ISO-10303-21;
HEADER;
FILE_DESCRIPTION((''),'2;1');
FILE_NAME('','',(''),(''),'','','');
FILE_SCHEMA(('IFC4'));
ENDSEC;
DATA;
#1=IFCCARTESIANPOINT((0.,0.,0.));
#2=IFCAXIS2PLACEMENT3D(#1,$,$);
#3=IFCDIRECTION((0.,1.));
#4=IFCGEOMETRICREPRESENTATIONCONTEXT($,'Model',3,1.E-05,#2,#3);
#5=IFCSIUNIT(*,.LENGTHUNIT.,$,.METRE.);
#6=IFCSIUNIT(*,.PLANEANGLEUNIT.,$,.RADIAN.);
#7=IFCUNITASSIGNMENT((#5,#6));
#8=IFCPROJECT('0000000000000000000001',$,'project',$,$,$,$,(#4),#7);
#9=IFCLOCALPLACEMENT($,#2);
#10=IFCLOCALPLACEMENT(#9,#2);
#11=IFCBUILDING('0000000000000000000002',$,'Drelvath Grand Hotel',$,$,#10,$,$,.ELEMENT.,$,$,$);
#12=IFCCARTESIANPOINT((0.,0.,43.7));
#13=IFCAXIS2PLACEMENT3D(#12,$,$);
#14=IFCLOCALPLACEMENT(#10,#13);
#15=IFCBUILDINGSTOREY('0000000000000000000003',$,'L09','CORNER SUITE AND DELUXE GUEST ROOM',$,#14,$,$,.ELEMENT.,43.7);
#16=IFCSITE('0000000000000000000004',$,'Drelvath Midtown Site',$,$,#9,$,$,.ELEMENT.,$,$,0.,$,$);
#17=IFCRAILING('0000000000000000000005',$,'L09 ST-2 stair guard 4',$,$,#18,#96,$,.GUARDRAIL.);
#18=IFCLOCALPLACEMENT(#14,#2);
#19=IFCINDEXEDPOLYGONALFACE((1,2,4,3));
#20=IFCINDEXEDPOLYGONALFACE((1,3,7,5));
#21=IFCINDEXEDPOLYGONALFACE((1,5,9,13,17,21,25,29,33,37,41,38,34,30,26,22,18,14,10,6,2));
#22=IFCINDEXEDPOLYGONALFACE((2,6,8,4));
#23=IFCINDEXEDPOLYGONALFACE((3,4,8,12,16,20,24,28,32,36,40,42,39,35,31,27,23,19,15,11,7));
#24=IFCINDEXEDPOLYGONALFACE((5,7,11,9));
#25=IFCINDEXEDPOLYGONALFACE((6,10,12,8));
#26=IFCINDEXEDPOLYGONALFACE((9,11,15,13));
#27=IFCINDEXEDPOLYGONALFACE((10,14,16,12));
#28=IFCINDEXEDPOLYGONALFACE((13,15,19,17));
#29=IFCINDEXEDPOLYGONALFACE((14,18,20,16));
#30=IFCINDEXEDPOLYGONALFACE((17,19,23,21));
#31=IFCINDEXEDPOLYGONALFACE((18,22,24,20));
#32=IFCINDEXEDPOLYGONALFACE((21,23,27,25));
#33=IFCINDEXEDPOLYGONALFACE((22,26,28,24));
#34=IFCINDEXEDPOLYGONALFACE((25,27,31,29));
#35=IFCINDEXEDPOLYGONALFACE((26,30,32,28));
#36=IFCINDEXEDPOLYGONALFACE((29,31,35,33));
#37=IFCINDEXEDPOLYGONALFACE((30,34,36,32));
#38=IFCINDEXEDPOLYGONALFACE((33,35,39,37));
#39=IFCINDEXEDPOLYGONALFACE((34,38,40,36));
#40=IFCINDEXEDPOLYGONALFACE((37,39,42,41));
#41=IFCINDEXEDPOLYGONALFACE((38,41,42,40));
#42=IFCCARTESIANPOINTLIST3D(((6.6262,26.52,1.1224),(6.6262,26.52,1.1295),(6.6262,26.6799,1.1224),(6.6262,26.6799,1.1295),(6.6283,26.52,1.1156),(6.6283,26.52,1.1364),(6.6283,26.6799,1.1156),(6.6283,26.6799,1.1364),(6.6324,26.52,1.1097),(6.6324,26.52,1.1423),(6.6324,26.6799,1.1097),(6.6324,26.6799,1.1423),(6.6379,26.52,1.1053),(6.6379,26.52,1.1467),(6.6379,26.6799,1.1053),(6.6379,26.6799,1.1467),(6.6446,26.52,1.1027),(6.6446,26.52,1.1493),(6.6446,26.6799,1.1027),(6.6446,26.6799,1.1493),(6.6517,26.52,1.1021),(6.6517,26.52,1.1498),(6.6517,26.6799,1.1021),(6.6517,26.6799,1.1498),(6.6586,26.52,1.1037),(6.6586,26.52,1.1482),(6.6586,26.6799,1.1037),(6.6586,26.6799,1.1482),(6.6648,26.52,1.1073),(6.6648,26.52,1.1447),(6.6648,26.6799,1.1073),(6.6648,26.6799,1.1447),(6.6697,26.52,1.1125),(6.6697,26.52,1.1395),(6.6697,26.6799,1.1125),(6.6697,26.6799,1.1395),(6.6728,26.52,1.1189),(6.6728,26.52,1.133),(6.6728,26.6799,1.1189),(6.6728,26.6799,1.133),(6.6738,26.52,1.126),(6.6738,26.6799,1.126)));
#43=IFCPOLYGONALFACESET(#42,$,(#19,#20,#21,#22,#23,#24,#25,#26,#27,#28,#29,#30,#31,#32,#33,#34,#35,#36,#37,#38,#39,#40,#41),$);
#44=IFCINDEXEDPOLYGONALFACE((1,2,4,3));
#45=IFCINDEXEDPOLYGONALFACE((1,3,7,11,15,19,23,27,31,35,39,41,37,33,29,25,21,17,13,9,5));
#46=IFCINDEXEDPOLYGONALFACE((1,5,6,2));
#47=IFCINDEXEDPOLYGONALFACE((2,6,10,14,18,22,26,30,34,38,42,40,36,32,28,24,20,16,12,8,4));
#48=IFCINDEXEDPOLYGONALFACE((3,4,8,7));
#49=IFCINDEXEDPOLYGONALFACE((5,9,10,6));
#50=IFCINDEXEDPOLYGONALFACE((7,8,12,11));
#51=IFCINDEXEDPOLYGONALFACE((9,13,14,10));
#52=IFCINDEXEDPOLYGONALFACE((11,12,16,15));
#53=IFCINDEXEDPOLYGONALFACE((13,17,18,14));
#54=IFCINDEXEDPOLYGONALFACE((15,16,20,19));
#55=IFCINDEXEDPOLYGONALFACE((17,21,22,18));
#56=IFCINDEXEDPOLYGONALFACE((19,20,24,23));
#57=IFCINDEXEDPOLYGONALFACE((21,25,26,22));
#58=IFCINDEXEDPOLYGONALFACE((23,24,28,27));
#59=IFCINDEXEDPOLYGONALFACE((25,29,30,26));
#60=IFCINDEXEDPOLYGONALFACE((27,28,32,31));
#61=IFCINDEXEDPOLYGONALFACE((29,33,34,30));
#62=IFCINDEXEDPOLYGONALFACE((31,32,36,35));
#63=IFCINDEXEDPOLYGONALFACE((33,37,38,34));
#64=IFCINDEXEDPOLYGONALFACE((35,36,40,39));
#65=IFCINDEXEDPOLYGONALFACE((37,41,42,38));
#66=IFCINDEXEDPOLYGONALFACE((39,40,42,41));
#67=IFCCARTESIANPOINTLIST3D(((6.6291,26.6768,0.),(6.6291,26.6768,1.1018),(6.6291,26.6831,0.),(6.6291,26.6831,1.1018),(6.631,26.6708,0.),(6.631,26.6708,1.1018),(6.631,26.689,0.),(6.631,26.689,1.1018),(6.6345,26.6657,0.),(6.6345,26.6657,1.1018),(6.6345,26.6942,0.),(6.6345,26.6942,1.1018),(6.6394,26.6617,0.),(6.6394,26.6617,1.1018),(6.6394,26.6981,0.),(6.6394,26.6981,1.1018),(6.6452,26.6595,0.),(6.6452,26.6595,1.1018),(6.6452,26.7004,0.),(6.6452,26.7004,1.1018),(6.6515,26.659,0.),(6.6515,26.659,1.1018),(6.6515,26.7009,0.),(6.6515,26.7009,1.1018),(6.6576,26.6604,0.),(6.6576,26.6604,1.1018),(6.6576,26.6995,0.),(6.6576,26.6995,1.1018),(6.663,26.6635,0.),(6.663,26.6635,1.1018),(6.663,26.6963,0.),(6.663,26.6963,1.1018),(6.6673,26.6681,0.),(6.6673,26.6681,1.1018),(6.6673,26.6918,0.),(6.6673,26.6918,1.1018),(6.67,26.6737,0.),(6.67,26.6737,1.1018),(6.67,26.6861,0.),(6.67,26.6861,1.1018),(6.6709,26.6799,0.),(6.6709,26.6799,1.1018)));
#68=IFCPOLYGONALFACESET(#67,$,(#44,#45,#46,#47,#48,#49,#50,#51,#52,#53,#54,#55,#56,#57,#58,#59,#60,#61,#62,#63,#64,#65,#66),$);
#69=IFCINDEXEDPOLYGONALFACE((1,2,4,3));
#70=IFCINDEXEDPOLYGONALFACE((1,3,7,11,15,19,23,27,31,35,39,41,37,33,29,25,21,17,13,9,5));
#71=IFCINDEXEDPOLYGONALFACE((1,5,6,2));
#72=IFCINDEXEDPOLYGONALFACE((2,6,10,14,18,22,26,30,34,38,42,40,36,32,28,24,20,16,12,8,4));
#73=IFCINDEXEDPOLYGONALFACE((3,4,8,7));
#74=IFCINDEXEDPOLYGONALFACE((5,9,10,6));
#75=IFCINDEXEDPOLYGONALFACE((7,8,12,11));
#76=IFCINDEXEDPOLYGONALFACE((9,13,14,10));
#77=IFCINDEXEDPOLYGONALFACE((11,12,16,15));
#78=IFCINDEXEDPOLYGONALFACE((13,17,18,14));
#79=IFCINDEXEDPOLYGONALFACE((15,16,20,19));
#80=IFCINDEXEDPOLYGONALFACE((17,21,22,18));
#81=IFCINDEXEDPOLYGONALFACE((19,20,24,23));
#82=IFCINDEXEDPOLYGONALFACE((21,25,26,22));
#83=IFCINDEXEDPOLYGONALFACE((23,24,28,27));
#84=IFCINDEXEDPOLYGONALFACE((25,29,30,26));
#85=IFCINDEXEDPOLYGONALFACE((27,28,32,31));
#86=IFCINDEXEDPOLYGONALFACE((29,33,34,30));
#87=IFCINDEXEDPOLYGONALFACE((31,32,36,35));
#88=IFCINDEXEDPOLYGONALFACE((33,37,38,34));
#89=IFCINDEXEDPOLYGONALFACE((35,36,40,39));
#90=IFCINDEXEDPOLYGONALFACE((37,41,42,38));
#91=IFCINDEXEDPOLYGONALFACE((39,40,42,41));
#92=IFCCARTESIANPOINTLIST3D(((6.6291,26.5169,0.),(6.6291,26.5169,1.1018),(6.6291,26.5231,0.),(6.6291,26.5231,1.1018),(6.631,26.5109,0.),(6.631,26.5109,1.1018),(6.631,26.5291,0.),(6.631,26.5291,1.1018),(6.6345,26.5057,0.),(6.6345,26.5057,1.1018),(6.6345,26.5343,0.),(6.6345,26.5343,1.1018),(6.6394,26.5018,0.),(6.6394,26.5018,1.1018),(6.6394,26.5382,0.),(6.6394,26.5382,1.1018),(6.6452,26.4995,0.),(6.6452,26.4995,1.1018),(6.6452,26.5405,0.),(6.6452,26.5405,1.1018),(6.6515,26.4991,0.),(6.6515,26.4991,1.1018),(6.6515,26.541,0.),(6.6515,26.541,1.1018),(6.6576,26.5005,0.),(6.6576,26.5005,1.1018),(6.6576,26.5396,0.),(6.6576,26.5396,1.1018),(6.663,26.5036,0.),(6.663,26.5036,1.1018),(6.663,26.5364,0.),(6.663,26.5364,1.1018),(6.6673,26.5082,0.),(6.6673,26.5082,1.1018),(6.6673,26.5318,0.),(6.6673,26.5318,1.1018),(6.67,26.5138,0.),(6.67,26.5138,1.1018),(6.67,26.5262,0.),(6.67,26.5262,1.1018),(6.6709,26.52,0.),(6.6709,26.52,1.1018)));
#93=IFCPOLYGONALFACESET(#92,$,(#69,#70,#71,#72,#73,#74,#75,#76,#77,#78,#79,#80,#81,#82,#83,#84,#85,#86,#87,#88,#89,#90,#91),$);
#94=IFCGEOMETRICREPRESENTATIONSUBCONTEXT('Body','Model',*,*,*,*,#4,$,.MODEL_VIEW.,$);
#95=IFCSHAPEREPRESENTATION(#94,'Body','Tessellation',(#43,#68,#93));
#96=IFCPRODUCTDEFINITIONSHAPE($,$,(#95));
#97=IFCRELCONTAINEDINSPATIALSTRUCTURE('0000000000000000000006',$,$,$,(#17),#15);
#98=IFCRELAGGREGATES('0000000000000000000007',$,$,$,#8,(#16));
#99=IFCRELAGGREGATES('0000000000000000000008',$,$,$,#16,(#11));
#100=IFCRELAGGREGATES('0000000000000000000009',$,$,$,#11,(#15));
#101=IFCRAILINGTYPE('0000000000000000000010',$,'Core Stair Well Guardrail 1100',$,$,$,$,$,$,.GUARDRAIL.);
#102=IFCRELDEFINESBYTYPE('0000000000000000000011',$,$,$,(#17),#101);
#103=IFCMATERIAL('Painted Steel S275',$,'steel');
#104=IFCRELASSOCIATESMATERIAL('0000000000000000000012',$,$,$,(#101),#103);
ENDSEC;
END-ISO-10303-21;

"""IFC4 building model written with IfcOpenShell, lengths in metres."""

from ifc_helpers import new_model, si_unit, direction, frame, origin, origin_2d, place, context, subcontext, project, spatial, circle, extrude, material, type_object, element, save


model = new_model("IFC4")

# Units and contexts
model_context = context("Model", 3, precision=1e-05, world=origin(), true_north=direction((0.0, 1.0)))
body_context = subcontext(model_context, "Body", "Model", "MODEL_VIEW")
ifc_project = project(units=[si_unit("LENGTHUNIT", "METRE"), si_unit("PLANEANGLEUNIT", "RADIAN")], contexts=[model_context])

# Site, building, storey
site_placement = place(None, origin())
site = spatial("IfcSite", under=ifc_project, at=site_placement, Name="Drelvath Midtown Site", CompositionType="ELEMENT", RefElevation=0.0)
building_placement = place(site_placement, origin())
building = spatial("IfcBuilding", under=site, at=building_placement, Name="Drelvath Grand Hotel", CompositionType="ELEMENT")
storey_placement = place(building_placement, frame((0.0, 0.0, 43.7)))
storey = spatial("IfcBuildingStorey", under=building, at=storey_placement, Name="L09", Description="CORNER SUITE AND DELUXE GUEST ROOM", CompositionType="ELEMENT", Elevation=43.7)

# Shared definitions
ifc_material_1 = material(Name="Painted Steel S275", Category="steel")

# Railing
railing_type_1 = type_object("IfcRailingType", Name="Core Stair Well Guardrail 1100", PredefinedType="GUARDRAIL", material=ifc_material_1)
railing_1_placement = place(storey_placement, frame((6.6499, 26.6799, 0.0)))
element("IfcRailing", 1, at=railing_1_placement, inside=storey, type_object=railing_type_1, Name="L09 ST-2 stair guard 4", PredefinedType="GUARDRAIL", context=body_context, shape_type="SweptSolid", body=[
    extrude(circle(Radius=0.0239, at=origin_2d()), frame((0.0, 0.0, 1.126), z_axis=(0.0, -1.0, 0.0), x_axis=(1.0, 0.0, 0.0)), (0.0, 0.0, 1.0), 0.1599),
    extrude(circle(Radius=0.021, at=origin_2d()), origin(), (0.0, 0.0, 1.0), 1.1018),
    extrude(circle(Radius=0.021, at=origin_2d()), frame((0.0, -0.1599, 0.0)), (0.0, 0.0, 1.0), 1.1018),
])

save(model, "model.ifc")
